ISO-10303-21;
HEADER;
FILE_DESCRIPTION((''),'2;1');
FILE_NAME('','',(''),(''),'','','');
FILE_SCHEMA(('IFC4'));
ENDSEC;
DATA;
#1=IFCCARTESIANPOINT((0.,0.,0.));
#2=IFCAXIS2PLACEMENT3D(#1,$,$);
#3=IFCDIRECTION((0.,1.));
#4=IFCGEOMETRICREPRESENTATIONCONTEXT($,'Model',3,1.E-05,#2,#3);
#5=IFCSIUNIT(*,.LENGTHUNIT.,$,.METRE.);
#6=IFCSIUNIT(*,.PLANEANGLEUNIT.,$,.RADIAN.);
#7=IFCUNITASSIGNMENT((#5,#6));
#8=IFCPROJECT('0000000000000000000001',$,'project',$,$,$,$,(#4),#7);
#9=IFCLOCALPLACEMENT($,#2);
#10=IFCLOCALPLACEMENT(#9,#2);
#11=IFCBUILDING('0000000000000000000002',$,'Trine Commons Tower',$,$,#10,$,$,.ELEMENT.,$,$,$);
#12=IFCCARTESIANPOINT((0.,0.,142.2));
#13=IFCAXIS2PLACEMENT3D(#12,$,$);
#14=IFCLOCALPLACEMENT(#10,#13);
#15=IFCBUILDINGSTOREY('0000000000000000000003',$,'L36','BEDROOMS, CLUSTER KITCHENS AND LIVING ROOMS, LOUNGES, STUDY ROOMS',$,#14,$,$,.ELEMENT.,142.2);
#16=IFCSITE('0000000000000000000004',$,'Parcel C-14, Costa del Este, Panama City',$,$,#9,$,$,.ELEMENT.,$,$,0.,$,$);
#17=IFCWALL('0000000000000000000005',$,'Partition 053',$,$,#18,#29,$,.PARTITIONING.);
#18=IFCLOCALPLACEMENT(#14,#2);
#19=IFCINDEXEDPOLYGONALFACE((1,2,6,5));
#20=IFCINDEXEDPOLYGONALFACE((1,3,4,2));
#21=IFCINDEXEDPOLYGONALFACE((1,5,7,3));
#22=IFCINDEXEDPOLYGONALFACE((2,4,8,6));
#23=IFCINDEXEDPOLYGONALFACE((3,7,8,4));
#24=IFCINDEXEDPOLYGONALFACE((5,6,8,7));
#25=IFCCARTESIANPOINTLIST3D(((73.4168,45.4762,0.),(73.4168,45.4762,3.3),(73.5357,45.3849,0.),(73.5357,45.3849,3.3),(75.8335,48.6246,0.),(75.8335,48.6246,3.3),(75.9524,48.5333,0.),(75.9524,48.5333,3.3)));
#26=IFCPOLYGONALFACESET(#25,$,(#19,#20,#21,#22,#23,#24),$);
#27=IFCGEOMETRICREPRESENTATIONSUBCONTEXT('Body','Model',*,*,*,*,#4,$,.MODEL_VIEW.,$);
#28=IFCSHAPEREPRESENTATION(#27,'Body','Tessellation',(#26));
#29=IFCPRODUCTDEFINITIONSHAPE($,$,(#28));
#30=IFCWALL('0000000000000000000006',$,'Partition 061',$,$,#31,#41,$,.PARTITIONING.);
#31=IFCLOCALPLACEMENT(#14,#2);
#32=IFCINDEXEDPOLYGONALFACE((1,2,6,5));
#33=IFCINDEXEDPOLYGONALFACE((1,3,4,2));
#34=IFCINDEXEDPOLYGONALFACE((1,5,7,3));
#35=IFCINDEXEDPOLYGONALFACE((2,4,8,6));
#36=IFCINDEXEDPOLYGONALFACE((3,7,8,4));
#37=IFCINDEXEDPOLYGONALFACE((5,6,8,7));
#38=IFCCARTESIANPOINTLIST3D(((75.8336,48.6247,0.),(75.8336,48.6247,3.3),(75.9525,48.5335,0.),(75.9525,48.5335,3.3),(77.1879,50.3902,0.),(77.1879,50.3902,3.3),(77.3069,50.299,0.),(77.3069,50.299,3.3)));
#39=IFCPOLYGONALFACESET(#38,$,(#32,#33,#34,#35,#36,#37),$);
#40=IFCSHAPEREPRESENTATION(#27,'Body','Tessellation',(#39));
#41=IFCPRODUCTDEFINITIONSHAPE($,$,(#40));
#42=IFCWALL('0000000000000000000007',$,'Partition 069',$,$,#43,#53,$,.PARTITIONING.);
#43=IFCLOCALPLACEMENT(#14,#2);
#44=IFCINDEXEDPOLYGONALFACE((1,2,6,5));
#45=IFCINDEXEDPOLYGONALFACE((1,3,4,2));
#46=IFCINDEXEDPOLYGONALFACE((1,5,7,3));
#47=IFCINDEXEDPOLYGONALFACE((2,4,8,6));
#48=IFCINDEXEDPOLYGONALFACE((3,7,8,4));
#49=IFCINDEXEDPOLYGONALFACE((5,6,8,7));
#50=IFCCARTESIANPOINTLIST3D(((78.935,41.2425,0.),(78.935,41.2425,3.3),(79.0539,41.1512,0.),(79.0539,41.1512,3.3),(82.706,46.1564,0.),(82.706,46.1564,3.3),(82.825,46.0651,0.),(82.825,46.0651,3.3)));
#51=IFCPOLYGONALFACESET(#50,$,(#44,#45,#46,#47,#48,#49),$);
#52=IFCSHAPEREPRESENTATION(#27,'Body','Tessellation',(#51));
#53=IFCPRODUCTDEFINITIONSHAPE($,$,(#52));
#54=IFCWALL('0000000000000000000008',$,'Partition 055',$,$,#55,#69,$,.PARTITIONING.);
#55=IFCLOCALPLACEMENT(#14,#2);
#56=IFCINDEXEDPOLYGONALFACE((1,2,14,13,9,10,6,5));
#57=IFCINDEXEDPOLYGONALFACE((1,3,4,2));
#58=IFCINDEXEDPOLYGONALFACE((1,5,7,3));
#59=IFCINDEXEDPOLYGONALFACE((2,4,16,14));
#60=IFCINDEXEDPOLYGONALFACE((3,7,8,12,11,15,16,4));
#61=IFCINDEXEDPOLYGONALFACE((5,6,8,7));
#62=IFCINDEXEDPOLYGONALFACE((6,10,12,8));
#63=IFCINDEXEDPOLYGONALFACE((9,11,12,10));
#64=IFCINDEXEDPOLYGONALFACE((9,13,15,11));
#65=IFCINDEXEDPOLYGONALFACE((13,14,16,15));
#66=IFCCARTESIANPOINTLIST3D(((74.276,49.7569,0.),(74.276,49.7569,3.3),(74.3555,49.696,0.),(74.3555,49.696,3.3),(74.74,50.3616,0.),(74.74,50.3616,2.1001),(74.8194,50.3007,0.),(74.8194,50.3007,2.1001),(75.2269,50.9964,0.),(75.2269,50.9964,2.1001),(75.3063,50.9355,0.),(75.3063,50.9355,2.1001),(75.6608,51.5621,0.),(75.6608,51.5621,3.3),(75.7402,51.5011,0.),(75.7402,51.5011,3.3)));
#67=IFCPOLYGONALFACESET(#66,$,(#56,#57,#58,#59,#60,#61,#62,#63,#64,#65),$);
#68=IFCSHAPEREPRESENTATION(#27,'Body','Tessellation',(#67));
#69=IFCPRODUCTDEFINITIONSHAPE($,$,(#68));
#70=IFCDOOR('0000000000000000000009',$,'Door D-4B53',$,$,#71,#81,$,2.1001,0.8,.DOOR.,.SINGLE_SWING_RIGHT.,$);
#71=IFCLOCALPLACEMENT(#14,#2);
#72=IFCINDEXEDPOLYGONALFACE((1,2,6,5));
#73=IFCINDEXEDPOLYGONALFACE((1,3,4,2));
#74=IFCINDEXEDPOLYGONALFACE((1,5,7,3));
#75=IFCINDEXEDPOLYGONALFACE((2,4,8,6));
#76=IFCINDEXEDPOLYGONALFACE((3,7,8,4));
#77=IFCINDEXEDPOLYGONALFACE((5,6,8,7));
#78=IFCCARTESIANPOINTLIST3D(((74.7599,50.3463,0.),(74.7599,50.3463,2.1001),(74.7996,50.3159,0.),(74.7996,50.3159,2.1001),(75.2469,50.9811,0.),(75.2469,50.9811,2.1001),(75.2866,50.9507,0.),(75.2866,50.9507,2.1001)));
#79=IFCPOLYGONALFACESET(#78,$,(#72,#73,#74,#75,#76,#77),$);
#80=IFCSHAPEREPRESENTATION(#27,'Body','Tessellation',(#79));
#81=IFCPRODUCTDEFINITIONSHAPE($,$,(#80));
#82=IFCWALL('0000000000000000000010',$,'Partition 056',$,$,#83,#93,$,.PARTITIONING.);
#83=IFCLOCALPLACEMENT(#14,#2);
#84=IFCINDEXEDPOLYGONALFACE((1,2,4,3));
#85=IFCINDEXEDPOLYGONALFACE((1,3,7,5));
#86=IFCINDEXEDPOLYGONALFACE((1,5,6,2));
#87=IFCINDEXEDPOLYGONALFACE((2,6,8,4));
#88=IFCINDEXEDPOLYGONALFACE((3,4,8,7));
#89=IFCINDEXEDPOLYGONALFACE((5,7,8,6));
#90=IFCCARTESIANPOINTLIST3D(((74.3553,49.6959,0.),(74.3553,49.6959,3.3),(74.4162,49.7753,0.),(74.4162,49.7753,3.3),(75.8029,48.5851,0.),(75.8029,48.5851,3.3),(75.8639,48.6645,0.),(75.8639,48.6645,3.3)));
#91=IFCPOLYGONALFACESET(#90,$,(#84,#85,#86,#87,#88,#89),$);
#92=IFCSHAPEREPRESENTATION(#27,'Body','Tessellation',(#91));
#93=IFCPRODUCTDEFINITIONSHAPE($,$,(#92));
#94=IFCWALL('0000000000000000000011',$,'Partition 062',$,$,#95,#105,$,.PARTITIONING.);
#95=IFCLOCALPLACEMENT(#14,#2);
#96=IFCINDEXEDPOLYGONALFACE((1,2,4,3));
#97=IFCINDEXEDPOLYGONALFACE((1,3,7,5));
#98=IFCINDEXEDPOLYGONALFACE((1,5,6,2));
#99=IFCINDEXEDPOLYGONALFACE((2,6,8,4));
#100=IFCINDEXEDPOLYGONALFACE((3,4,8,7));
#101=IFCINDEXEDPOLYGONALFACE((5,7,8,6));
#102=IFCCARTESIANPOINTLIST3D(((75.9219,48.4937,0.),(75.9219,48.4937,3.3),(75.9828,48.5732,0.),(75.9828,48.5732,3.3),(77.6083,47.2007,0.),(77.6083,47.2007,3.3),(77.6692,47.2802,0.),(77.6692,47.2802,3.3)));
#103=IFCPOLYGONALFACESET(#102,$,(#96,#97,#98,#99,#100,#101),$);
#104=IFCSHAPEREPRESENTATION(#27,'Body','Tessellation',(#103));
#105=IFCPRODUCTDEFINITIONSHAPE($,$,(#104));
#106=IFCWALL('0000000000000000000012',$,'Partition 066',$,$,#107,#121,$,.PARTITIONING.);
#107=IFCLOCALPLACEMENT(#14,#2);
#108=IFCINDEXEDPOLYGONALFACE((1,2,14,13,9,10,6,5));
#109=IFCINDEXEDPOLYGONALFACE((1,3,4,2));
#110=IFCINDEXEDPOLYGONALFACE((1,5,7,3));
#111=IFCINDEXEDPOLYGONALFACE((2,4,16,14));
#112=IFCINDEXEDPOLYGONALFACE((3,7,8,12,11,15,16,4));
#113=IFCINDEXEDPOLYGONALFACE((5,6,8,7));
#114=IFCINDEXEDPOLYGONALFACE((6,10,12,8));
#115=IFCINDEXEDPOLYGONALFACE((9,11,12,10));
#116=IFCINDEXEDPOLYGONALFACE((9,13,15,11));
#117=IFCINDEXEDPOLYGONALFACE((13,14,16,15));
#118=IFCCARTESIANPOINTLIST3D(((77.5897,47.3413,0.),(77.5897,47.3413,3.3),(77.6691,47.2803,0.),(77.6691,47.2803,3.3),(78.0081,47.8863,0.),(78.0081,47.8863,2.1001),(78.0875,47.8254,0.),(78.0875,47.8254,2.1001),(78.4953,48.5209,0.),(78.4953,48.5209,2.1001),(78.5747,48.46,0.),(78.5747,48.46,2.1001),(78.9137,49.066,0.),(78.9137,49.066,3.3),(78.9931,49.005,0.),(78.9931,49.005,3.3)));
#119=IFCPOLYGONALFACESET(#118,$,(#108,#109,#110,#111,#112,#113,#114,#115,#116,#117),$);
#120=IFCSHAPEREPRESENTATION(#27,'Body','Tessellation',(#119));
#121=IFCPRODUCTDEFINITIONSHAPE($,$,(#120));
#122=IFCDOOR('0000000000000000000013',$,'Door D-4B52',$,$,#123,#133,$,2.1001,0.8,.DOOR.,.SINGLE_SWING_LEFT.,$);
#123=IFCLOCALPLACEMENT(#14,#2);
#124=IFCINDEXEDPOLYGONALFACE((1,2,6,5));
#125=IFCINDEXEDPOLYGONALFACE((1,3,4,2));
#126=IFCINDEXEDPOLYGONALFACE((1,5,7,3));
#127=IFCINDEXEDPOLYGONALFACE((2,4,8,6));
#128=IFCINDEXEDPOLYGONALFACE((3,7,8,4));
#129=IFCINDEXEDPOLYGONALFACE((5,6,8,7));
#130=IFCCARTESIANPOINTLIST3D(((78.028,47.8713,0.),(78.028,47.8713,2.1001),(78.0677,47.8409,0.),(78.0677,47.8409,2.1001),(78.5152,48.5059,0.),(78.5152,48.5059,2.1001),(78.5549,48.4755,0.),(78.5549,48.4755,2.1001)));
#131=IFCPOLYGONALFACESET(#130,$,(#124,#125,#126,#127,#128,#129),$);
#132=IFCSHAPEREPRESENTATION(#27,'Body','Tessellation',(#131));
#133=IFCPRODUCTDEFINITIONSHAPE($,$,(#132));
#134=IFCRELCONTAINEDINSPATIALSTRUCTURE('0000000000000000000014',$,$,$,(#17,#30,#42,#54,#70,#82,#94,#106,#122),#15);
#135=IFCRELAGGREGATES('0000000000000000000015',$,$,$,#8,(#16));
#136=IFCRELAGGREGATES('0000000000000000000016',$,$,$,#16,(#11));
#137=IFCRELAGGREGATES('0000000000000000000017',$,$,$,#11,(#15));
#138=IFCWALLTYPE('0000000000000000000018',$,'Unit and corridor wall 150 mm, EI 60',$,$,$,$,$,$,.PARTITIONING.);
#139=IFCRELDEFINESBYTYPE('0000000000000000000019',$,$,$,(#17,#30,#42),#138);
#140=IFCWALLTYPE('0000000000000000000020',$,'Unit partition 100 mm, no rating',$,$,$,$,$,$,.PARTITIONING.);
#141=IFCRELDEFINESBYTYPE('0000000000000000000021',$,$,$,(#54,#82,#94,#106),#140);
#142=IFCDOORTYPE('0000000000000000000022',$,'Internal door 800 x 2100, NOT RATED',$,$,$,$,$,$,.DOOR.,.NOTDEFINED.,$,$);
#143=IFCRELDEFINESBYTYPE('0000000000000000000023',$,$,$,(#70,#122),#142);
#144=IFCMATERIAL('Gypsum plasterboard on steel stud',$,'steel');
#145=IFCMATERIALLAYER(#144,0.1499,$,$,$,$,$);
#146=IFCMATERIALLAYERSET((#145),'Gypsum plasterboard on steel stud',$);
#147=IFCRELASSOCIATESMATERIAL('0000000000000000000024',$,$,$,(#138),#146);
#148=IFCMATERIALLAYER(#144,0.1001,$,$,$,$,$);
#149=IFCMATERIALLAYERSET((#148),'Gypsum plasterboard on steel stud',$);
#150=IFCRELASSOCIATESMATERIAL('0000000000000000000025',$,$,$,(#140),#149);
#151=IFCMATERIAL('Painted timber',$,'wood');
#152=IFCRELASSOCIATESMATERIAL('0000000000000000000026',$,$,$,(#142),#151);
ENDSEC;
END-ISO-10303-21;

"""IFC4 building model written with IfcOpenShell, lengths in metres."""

from ifc_helpers import new_model, si_unit, direction, frame, frame_2d, origin, place, context, subcontext, project, spatial, rectangle, extrude, material, layer, layer_set, type_object, element, fill, save


model = new_model("IFC4")

# Units and contexts
model_context = context("Model", 3, precision=1e-05, world=origin(), true_north=direction((0.0, 1.0)))
body_context = subcontext(model_context, "Body", "Model", "MODEL_VIEW")
ifc_project = project(units=[si_unit("LENGTHUNIT", "METRE"), si_unit("PLANEANGLEUNIT", "RADIAN")], contexts=[model_context])

# Site, building, storey
site_placement = place(None, origin())
site = spatial("IfcSite", under=ifc_project, at=site_placement, Name="Parcel C-14, Costa del Este, Panama City", CompositionType="ELEMENT", RefElevation=0.0)
building_placement = place(site_placement, origin())
building = spatial("IfcBuilding", under=site, at=building_placement, Name="Trine Commons Tower", CompositionType="ELEMENT")
storey_placement = place(building_placement, frame((0.0, 0.0, 142.2)))
storey = spatial("IfcBuildingStorey", under=building, at=storey_placement, Name="L36", Description="BEDROOMS, CLUSTER KITCHENS AND LIVING ROOMS, LOUNGES, STUDY ROOMS", CompositionType="ELEMENT", Elevation=142.2)

# Shared definitions
ifc_material_1 = material(Name="Gypsum plasterboard on steel stud", Category="steel")
ifc_layer_1 = layer(ifc_material_1, 0.1499)
ifc_layer_set_1 = layer_set([ifc_layer_1], Name="Gypsum plasterboard on steel stud")
wall_type_1 = type_object("IfcWallType", Name="Unit and corridor wall 150 mm, EI 60", PredefinedType="PARTITIONING", material=ifc_layer_set_1)

# Walls
wall_1_placement = place(storey_placement, frame((73.4763, 45.4307, 0.0), z_axis=(0.0, 0.0, 1.0), x_axis=(0.608899, 0.793248, 0.0)))
element("IfcWall", 1, at=wall_1_placement, inside=storey, type_object=wall_type_1, Name="Partition 053", PredefinedType="PARTITIONING", context=body_context, shape_type="SweptSolid", body=[
    extrude(rectangle(XDim=3.969, YDim=0.1499, at=frame_2d((1.9844, 0.0))), origin(), (0.0, 0.0, 1.0), 3.3),
])
wall_2_placement = place(storey_placement, frame((75.8931, 48.5791, 0.0), z_axis=(0.0, 0.0, 1.0), x_axis=(0.608655, 0.793435, 0.0)))
element("IfcWall", 2, at=wall_2_placement, inside=storey, type_object=wall_type_1, Name="Partition 061", PredefinedType="PARTITIONING", context=body_context, shape_type="SweptSolid", body=[
    extrude(rectangle(XDim=2.2251, YDim=0.1499, at=frame_2d((1.1125, 0.0))), origin(), (0.0, 0.0, 1.0), 3.3),
])
wall_3_placement = place(storey_placement, frame((78.9944, 41.1968, 0.0), z_axis=(0.0, 0.0, 1.0), x_axis=(0.608811, 0.793315, 0.0)))
element("IfcWall", 3, at=wall_3_placement, inside=storey, type_object=wall_type_1, Name="Partition 069", PredefinedType="PARTITIONING", context=body_context, shape_type="SweptSolid", body=[
    extrude(rectangle(XDim=6.1941, YDim=0.1499, at=frame_2d((3.0972, 0.0))), origin(), (0.0, 0.0, 1.0), 3.3),
])

# Wall, opening, door
ifc_layer_2 = layer(ifc_material_1, 0.1001)
ifc_layer_set_2 = layer_set([ifc_layer_2], Name="Gypsum plasterboard on steel stud")
wall_type_2 = type_object("IfcWallType", Name="Unit partition 100 mm, no rating", PredefinedType="PARTITIONING", material=ifc_layer_set_2)
wall_4_placement = place(storey_placement, frame((74.3157, 49.7263, 0.0), z_axis=(0.0, 0.0, 1.0), x_axis=(0.608652, 0.793437, 0.0)))
wall_4 = element("IfcWall", 4, at=wall_4_placement, inside=storey, type_object=wall_type_2, Name="Partition 055", PredefinedType="PARTITIONING", context=body_context, shape_type="SweptSolid", body=[
    extrude(rectangle(XDim=2.2751, YDim=0.1001, at=frame_2d((1.1377, 0.0))), origin(), (0.0, 0.0, 1.0), 3.3),
])
opening_1_placement = place(wall_4_placement, frame((0.7625, 0.0, 0.0)))
opening_1 = element("IfcOpeningElement", 5, at=opening_1_placement, cuts=wall_4, PredefinedType="OPENING", context=body_context, shape_type="SweptSolid", body=[
    extrude(rectangle(XDim=0.8, YDim=2.1001, at=frame_2d((0.3999, 1.05))), frame((0.0, 0.0601, 0.0), z_axis=(0.0, -1.0, 0.0), x_axis=(1.0, 0.0, 0.0)), (0.0, 0.0, 1.0), 0.1201),
])
ifc_material_2 = material(Name="Painted timber", Category="wood")
door_type_1 = type_object("IfcDoorType", Name="Internal door 800 x 2100, NOT RATED", OperationType="NOTDEFINED", PredefinedType="DOOR", material=ifc_material_2)
door_1_placement = place(opening_1_placement, origin())
door_1 = element("IfcDoor", 6, at=door_1_placement, inside=storey, type_object=door_type_1, Name="Door D-4B53", OperationType="SINGLE_SWING_RIGHT", OverallHeight=2.1001, OverallWidth=0.8, PredefinedType="DOOR", context=body_context, shape_type="SweptSolid", body=[
    extrude(rectangle(XDim=0.8, YDim=2.1001, at=frame_2d((0.3999, 1.05))), frame((0.0, 0.0249, 0.0), z_axis=(0.0, -1.0, 0.0), x_axis=(1.0, 0.0, 0.0)), (0.0, 0.0, 1.0), 0.05),
])
fill(opening_1, door_1)

# Walls
wall_5_placement = place(storey_placement, frame((74.3857, 49.7356, 0.0), z_axis=(0.0, 0.0, 1.0), x_axis=(0.793369, -0.60874, 0.0)))
element("IfcWall", 7, at=wall_5_placement, inside=storey, type_object=wall_type_2, Name="Partition 056", PredefinedType="PARTITIONING", context=body_context, shape_type="SweptSolid", body=[
    extrude(rectangle(XDim=1.8247, YDim=0.1001, at=frame_2d((0.9124, 0.0))), origin(), (0.0, 0.0, 1.0), 3.3),
])
wall_6_placement = place(storey_placement, frame((75.9524, 48.5334, 0.0), z_axis=(0.0, 0.0, 1.0), x_axis=(0.793571, -0.608477, 0.0)))
element("IfcWall", 8, at=wall_6_placement, inside=storey, type_object=wall_type_2, Name="Partition 062", PredefinedType="PARTITIONING", context=body_context, shape_type="SweptSolid", body=[
    extrude(rectangle(XDim=2.125, YDim=0.1001, at=frame_2d((1.0625, 0.0))), origin(), (0.0, 0.0, 1.0), 3.3),
])

# Wall, opening, door
wall_7_placement = place(storey_placement, frame((77.6294, 47.3108, 0.0), z_axis=(0.0, 0.0, 1.0), x_axis=(0.608945, 0.793212, 0.0)))
wall_7 = element("IfcWall", 9, at=wall_7_placement, inside=storey, type_object=wall_type_2, Name="Partition 066", PredefinedType="PARTITIONING", context=body_context, shape_type="SweptSolid", body=[
    extrude(rectangle(XDim=2.1743, YDim=0.1001, at=frame_2d((1.0872, 0.0))), origin(), (0.0, 0.0, 1.0), 3.3),
])
opening_2_placement = place(wall_7_placement, frame((0.6873, 0.0, 0.0)))
opening_2 = element("IfcOpeningElement", 10, at=opening_2_placement, cuts=wall_7, PredefinedType="OPENING", context=body_context, shape_type="SweptSolid", body=[
    extrude(rectangle(XDim=0.8, YDim=2.1001, at=frame_2d((0.3999, 1.05))), frame((0.0, 0.0601, 0.0), z_axis=(0.0, -1.0, 0.0), x_axis=(1.0, 0.0, 0.0)), (0.0, 0.0, 1.0), 0.1201),
])
door_2_placement = place(opening_2_placement, frame((0.8, 0.0, 0.0), z_axis=(0.0, 0.0, 1.0), x_axis=(-1.0, 0.0, 0.0)))
door_2 = element("IfcDoor", 11, at=door_2_placement, inside=storey, type_object=door_type_1, Name="Door D-4B52", OperationType="SINGLE_SWING_LEFT", OverallHeight=2.1001, OverallWidth=0.8, PredefinedType="DOOR", context=body_context, shape_type="SweptSolid", body=[
    extrude(rectangle(XDim=0.8, YDim=2.1001, at=frame_2d((0.3999, 1.05))), frame((0.0, 0.0249, 0.0), z_axis=(0.0, -1.0, 0.0), x_axis=(1.0, 0.0, 0.0)), (0.0, 0.0, 1.0), 0.05),
])
fill(opening_2, door_2)

save(model, "model.ifc")
